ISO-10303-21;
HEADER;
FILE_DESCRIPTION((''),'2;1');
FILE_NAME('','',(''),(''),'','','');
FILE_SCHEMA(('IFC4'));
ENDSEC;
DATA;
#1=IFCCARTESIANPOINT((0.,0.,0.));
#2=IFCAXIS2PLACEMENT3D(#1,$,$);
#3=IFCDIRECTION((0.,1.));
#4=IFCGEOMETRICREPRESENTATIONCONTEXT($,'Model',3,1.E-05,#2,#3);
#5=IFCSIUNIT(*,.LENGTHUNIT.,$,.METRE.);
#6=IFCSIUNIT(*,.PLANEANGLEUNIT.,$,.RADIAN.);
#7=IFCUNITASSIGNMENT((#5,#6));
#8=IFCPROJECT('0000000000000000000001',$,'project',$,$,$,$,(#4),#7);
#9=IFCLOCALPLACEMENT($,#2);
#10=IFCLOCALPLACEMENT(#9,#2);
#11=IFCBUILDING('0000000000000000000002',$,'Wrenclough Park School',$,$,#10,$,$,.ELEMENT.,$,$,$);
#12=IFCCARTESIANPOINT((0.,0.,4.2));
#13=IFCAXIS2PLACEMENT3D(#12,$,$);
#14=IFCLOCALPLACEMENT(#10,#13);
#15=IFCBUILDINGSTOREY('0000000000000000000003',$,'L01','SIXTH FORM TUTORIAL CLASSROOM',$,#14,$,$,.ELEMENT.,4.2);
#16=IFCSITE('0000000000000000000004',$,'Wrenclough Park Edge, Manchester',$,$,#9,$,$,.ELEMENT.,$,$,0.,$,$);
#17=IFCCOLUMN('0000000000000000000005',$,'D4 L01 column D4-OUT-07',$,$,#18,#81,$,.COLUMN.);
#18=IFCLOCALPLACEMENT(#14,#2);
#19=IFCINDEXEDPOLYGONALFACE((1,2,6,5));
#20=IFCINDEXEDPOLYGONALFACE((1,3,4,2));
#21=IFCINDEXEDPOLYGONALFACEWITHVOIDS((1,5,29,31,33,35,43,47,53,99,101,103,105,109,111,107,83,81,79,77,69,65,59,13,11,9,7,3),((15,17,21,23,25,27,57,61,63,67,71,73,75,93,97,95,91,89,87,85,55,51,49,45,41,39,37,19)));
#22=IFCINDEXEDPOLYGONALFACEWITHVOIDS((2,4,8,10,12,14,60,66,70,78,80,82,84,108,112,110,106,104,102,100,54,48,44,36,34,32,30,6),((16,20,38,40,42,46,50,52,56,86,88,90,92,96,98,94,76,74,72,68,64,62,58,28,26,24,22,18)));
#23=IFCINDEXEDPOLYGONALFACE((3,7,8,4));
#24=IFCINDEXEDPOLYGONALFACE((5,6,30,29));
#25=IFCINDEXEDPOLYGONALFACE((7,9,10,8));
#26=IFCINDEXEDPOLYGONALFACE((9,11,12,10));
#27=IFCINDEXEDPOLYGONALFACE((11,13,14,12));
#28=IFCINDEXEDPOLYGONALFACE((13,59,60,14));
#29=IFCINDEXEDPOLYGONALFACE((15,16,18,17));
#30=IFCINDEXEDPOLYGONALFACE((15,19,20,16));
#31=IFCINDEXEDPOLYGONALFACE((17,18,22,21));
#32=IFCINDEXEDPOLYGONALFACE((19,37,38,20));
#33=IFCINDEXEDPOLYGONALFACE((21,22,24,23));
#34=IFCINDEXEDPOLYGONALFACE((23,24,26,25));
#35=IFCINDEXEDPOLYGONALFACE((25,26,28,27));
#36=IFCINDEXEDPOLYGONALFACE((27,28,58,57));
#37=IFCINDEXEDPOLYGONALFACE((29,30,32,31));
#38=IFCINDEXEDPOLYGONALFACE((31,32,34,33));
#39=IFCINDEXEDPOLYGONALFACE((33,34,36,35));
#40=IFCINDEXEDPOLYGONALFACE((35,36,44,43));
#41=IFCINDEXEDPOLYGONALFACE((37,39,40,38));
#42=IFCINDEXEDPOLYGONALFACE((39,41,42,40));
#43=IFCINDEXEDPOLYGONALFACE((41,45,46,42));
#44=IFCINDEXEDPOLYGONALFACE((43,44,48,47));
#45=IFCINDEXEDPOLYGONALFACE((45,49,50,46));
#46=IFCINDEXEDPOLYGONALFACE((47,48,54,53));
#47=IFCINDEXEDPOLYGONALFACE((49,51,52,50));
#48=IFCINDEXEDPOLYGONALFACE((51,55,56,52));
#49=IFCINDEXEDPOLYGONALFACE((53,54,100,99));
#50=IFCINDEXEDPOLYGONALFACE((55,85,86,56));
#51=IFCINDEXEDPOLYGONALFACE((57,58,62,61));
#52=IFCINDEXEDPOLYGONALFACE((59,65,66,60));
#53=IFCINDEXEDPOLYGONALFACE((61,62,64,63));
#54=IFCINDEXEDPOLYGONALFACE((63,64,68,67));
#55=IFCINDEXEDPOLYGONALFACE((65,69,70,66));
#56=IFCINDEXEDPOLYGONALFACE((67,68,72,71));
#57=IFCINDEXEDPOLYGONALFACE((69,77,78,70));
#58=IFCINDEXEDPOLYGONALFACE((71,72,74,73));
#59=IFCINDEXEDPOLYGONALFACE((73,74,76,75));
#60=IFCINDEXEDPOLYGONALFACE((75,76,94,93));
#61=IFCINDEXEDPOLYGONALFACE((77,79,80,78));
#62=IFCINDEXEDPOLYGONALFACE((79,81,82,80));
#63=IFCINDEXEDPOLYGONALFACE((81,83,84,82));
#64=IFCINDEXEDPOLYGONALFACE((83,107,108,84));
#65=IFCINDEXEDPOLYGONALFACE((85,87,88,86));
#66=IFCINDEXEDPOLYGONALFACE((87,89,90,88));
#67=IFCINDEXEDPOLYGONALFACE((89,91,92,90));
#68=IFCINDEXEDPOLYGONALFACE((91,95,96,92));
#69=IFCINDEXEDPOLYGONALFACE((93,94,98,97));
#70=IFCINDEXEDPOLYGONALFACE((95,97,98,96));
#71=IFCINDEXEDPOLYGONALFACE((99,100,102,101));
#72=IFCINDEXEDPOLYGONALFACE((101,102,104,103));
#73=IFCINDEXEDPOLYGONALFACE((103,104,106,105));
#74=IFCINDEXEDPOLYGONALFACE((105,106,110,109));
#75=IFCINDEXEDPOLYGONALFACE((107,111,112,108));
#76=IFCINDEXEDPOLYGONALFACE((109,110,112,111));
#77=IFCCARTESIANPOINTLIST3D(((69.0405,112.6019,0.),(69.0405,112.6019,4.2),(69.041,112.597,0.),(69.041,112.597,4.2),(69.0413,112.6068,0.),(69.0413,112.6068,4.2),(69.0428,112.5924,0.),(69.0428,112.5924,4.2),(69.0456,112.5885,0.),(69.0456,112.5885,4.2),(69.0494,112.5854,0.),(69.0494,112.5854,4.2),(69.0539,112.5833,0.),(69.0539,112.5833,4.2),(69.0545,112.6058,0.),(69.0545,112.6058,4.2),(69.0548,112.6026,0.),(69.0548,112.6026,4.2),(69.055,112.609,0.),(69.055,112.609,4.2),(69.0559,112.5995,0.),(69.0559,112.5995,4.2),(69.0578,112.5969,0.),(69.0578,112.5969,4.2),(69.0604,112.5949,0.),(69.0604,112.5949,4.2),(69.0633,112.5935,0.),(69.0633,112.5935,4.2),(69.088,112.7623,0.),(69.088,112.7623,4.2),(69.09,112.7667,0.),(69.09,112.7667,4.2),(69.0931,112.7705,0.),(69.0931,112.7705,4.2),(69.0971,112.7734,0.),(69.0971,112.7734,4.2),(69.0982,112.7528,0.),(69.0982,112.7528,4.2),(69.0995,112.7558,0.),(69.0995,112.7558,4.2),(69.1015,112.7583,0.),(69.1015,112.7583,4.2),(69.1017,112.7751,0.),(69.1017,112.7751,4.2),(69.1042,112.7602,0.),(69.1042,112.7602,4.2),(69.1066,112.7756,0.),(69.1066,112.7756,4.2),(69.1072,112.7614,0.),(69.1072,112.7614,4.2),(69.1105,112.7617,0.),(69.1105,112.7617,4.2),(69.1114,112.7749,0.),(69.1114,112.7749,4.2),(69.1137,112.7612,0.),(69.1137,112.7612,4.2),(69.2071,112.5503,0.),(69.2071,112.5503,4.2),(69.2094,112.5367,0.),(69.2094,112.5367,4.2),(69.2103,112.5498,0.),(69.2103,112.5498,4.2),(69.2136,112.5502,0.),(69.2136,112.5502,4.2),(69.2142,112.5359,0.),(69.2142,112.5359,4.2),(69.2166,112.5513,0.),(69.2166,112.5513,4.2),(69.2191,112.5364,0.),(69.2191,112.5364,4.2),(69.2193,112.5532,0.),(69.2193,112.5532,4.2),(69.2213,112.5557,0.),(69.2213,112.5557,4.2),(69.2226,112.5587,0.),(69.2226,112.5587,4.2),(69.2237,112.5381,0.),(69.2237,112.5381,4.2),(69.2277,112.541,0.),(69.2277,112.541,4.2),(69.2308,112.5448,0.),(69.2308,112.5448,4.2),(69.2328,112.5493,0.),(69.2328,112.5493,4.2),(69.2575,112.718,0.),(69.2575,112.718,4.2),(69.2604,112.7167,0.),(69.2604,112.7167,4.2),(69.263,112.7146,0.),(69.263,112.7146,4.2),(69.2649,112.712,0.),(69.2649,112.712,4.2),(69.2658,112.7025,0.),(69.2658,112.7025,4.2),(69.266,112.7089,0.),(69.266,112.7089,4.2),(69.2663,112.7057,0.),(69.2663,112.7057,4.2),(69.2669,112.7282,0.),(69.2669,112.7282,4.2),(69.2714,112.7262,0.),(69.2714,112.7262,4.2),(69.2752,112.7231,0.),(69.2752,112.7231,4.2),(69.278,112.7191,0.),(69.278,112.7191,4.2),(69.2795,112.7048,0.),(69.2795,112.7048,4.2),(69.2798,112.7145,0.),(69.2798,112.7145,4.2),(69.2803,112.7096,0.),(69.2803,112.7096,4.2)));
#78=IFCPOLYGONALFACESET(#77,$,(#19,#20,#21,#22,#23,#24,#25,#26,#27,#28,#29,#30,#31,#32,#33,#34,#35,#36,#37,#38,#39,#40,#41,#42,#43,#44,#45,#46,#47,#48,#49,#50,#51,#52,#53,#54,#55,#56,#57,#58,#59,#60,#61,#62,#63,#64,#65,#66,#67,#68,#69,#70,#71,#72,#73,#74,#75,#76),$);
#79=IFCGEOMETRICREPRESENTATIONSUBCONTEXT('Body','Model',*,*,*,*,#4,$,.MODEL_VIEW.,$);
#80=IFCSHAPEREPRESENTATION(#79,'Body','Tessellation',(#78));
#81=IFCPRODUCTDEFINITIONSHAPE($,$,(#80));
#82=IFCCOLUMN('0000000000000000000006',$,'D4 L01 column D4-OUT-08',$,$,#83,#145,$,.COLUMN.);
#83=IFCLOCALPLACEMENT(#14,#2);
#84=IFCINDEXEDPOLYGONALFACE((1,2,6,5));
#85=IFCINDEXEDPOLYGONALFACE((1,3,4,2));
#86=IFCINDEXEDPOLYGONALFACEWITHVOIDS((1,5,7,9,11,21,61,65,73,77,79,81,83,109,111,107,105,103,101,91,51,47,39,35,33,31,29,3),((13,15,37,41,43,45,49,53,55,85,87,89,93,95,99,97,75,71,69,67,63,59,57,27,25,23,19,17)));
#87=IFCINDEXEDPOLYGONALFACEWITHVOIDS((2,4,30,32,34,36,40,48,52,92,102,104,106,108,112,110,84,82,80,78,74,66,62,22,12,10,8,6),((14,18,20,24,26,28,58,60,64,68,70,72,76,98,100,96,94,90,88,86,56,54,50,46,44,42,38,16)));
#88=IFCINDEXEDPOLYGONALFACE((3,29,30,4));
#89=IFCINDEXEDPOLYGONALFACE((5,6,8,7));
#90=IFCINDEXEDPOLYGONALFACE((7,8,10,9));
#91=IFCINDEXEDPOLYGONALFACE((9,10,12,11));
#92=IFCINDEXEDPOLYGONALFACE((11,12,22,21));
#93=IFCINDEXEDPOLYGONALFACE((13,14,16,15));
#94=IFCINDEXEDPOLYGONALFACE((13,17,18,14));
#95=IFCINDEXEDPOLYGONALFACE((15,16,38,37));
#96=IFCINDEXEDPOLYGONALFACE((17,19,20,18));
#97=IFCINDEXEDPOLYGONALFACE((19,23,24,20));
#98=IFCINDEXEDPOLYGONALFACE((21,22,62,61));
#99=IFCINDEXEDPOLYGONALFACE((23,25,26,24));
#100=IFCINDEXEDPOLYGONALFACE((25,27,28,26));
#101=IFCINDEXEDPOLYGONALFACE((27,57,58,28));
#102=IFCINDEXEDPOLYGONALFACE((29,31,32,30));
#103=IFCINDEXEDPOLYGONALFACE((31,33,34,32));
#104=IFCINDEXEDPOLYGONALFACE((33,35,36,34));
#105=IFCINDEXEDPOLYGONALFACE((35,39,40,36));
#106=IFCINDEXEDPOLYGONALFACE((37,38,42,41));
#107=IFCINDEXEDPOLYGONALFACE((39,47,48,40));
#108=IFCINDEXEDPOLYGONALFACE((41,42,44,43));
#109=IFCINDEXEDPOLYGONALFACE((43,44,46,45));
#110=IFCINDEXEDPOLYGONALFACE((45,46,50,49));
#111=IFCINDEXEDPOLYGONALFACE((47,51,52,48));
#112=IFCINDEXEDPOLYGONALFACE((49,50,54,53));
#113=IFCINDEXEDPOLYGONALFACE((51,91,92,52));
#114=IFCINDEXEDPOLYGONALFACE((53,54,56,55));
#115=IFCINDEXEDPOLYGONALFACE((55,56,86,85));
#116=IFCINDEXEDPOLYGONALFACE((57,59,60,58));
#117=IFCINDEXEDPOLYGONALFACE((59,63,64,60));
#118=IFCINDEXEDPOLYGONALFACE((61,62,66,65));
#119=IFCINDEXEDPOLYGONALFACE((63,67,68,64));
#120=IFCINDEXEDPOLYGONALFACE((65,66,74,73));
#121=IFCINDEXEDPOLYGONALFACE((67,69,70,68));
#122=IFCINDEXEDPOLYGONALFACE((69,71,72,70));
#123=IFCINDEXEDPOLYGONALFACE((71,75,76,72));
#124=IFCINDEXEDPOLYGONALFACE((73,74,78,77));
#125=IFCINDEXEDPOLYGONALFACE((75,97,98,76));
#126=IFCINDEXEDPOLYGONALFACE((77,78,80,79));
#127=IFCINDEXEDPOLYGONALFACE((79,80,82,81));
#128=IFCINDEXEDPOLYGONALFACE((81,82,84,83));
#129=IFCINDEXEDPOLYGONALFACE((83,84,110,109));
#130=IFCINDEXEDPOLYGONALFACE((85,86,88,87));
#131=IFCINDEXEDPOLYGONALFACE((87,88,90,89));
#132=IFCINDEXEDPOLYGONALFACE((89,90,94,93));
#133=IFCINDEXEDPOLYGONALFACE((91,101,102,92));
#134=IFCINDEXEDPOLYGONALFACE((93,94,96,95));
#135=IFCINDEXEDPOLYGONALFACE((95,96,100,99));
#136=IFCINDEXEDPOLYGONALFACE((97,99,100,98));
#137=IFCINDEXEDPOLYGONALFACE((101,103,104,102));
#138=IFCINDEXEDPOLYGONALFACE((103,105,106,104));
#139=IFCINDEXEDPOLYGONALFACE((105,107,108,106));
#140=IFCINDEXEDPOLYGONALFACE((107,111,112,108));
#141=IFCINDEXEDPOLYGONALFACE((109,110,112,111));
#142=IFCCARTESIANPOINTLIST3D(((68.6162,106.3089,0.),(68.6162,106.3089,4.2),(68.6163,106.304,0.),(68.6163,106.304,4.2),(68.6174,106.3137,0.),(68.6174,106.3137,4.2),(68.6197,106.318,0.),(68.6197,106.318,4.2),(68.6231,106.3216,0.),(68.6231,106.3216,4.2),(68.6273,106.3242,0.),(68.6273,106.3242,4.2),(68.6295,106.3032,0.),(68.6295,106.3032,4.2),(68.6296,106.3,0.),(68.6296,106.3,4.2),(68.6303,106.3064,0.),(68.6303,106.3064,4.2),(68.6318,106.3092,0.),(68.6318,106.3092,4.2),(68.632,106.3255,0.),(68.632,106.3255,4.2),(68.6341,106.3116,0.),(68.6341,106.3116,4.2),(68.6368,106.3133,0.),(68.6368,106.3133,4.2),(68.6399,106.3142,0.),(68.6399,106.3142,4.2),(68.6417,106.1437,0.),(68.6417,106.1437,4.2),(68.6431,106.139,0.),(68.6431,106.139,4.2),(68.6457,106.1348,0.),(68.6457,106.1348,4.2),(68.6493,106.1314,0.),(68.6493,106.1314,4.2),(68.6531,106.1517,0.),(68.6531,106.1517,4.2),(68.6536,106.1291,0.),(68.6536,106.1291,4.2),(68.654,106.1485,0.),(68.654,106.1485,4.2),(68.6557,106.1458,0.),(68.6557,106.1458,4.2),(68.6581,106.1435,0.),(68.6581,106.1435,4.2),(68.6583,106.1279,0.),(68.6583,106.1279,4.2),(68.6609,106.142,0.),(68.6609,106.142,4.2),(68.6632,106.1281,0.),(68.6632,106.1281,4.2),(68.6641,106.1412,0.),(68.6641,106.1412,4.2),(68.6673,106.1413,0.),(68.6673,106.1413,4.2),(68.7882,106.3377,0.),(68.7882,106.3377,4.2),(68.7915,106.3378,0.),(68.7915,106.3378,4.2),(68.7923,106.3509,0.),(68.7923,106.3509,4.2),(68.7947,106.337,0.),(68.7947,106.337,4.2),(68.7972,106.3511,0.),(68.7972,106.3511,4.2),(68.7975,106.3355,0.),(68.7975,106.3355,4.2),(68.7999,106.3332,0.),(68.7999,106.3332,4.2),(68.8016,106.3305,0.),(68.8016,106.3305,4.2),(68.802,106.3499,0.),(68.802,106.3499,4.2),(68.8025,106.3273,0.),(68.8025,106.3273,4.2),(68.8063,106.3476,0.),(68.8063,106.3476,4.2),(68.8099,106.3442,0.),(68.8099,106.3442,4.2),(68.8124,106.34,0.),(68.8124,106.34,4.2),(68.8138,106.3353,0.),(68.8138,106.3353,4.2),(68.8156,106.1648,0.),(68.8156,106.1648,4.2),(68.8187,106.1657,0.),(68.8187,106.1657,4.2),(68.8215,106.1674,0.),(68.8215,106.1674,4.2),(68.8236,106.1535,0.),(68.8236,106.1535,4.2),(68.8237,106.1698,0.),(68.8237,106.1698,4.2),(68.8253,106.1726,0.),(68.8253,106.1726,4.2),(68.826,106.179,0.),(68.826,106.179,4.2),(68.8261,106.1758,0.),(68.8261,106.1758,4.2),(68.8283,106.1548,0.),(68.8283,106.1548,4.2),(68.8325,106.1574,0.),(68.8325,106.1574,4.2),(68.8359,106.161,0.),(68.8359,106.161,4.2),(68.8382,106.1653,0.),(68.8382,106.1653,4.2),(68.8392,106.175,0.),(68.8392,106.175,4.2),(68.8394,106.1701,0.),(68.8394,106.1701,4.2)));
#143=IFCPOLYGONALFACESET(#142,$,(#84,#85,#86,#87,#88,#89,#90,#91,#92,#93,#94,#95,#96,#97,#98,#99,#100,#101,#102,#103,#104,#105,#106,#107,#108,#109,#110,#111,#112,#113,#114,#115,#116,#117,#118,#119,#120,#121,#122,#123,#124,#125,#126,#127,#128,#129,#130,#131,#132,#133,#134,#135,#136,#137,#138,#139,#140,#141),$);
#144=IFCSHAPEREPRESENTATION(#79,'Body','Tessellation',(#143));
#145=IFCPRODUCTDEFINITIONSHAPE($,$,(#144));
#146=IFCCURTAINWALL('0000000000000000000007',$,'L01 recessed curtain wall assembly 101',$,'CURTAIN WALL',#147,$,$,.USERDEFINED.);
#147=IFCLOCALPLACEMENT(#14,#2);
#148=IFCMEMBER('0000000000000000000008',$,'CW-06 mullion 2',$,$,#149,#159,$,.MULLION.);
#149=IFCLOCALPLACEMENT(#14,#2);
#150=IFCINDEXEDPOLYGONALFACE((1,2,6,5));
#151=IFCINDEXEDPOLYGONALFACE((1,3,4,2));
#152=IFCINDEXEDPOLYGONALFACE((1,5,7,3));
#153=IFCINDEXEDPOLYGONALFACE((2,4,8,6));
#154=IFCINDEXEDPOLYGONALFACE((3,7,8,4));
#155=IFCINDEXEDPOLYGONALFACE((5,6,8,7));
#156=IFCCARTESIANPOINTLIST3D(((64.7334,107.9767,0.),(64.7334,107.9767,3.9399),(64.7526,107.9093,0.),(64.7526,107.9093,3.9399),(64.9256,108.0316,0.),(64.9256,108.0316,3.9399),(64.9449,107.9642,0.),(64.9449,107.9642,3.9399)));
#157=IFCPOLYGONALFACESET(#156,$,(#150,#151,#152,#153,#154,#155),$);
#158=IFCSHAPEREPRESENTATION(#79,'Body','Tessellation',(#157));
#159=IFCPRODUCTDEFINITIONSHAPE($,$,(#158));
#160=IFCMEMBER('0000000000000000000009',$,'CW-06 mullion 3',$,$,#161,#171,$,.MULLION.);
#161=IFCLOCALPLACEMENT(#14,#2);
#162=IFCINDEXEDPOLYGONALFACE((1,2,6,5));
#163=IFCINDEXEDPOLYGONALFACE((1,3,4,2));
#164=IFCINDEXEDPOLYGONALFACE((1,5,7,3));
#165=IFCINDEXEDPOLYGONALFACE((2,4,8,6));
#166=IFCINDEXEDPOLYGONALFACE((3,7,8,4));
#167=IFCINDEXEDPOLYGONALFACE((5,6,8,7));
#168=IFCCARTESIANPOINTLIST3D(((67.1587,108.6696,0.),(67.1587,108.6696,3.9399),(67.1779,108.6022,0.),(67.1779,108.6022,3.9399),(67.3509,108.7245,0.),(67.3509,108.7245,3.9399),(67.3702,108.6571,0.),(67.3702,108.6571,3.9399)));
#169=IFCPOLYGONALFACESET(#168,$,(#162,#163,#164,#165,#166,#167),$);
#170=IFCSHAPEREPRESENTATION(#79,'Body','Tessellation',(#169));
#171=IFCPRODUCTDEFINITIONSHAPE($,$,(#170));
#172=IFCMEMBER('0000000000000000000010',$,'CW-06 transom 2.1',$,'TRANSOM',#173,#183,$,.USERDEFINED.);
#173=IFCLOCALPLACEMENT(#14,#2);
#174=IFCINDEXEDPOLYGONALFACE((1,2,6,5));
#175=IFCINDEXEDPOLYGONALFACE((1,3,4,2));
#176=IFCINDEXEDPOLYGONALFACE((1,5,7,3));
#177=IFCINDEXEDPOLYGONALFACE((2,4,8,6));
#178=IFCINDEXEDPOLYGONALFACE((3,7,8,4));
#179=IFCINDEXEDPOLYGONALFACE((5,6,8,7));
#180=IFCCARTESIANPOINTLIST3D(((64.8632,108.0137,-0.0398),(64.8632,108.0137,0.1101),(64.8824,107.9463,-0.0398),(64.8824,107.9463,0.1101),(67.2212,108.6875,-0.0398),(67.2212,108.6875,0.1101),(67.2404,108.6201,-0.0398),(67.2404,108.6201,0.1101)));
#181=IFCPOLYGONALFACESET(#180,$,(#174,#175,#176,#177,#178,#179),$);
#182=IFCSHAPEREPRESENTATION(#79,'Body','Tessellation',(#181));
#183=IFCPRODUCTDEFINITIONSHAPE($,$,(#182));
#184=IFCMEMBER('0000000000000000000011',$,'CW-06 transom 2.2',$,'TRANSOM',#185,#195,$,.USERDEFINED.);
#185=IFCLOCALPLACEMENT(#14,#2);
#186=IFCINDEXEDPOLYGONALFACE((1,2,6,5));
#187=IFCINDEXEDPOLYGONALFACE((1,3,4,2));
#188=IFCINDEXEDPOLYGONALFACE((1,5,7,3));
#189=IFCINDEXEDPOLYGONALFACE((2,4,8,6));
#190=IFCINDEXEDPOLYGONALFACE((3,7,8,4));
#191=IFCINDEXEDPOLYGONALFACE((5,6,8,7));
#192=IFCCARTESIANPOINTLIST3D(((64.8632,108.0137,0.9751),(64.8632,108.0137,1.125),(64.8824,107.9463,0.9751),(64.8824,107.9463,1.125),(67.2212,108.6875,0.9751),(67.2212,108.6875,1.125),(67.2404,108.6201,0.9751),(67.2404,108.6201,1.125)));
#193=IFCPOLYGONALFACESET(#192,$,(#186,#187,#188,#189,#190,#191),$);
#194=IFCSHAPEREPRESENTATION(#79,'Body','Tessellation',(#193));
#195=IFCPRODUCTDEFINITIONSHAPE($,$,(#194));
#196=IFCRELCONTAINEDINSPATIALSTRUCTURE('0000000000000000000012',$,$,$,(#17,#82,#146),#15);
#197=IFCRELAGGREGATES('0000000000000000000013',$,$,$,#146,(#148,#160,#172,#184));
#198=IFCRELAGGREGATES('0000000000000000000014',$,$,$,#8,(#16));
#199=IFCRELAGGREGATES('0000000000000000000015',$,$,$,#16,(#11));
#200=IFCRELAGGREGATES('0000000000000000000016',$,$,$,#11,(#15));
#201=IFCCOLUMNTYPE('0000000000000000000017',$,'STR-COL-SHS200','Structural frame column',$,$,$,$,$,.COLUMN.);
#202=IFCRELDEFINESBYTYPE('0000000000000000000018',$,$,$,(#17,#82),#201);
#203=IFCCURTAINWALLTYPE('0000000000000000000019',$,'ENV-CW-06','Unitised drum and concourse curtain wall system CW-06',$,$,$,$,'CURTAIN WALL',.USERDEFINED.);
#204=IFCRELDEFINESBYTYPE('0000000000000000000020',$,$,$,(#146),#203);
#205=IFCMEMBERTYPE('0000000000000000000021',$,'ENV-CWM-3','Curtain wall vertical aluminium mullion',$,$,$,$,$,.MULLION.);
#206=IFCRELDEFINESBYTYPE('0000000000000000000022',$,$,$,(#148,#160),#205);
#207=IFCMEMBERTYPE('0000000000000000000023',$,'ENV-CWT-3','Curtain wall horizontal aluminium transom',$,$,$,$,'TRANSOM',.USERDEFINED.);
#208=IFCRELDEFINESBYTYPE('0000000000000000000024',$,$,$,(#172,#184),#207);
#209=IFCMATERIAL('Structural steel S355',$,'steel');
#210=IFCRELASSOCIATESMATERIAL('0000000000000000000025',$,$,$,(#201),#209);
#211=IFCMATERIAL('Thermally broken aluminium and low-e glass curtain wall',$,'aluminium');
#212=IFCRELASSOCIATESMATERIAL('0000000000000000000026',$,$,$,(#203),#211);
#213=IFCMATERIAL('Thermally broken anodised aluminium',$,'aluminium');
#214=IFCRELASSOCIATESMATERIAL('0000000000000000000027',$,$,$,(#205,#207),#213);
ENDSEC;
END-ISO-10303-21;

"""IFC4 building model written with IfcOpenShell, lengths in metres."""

from ifc_helpers import new_model, si_unit, direction, frame, origin, origin_2d, place, context, subcontext, project, spatial, rectangle, hollow_rectangle, extrude, material, material_profile, profile_set, type_object, element, aggregate, save


model = new_model("IFC4")

# Units and contexts
model_context = context("Model", 3, precision=1e-05, world=origin(), true_north=direction((0.0, 1.0)))
body_context = subcontext(model_context, "Body", "Model", "MODEL_VIEW")
ifc_project = project(units=[si_unit("LENGTHUNIT", "METRE"), si_unit("PLANEANGLEUNIT", "RADIAN")], contexts=[model_context])

# Site, building, storey
site_placement = place(None, origin())
site = spatial("IfcSite", under=ifc_project, at=site_placement, Name="Wrenclough Park Edge, Manchester", CompositionType="ELEMENT", RefElevation=0.0)
building_placement = place(site_placement, origin())
building = spatial("IfcBuilding", under=site, at=building_placement, Name="Wrenclough Park School", CompositionType="ELEMENT")
storey_placement = place(building_placement, frame((0.0, 0.0, 4.2)))
storey = spatial("IfcBuildingStorey", under=building, at=storey_placement, Name="L01", Description="SIXTH FORM TUTORIAL CLASSROOM", CompositionType="ELEMENT", Elevation=4.2)

# Columns
ifc_material_1 = material(Name="Structural steel S355", Category="steel")
ifc_material_profile_1 = material_profile(ifc_material_1, hollow_rectangle(XDim=0.2, YDim=0.2, WallThickness=0.0125, InnerFilletRadius=0.0125, OuterFilletRadius=0.0188, at=origin_2d()), Name="SHS 200x200x12.5")
ifc_profile_set_1 = profile_set([ifc_material_profile_1], Name="Structural steel S355")
column_type = type_object("IfcColumnType", Name="STR-COL-SHS200", Description="Structural frame column", PredefinedType="COLUMN", material=ifc_profile_set_1)
for number, where, z_axis, x_axis, name in (
    (1, (69.1604, 112.6558, 0.0), (0.0, 0.0, 1.0), (-0.287528, -0.957772, 0.0), "D4 L01 column D4-OUT-07"),
    (2, (68.7278, 106.2395, 0.0), (0.0, 0.0, 1.0), (0.156434, -0.987688, 0.0), "D4 L01 column D4-OUT-08"),
):
    element("IfcColumn", number, at=place(storey_placement, frame(where, z_axis=z_axis, x_axis=x_axis)), inside=storey, type_object=column_type, Name=name, PredefinedType="COLUMN", context=body_context, shape_type="SweptSolid", body=[
        extrude(hollow_rectangle(XDim=0.2, YDim=0.2, WallThickness=0.0125, InnerFilletRadius=0.0125, OuterFilletRadius=0.0188, at=origin_2d()), origin(), (0.0, 0.0, 1.0), 4.2),
    ])

# Curtain wall, members
ifc_material_2 = material(Name="Thermally broken aluminium and low-e glass curtain wall", Category="aluminium")
curtain_wall_type = type_object("IfcCurtainWallType", Name="ENV-CW-06", Description="Unitised drum and concourse curtain wall system CW-06", ElementType="CURTAIN WALL", PredefinedType="USERDEFINED", material=ifc_material_2)
curtain_wall_placement = place(storey_placement, origin())
curtain_wall = element("IfcCurtainWall", 3, at=curtain_wall_placement, inside=storey, type_object=curtain_wall_type, Name="L01 recessed curtain wall assembly 101", ObjectType="CURTAIN WALL", PredefinedType="USERDEFINED")
ifc_material_3 = material(Name="Thermally broken anodised aluminium", Category="aluminium")
ifc_material_profile_2 = material_profile(ifc_material_3, rectangle(XDim=0.0701, YDim=0.2, at=origin_2d()), Name="AL MULLION 70x200")
ifc_profile_set_2 = profile_set([ifc_material_profile_2], Name="Thermally broken anodised aluminium")
member_type_1 = type_object("IfcMemberType", Name="ENV-CWM-3", Description="Curtain wall vertical aluminium mullion", PredefinedType="MULLION", material=ifc_profile_set_2)
member_1_placement = place(storey_placement, frame((64.8391, 107.9705, 0.0), z_axis=(0.0, 0.0, 1.0), x_axis=(-0.274714, 0.961526, 0.0)))
member_1 = element("IfcMember", 4, at=member_1_placement, type_object=member_type_1, Name="CW-06 mullion 2", PredefinedType="MULLION", context=body_context, shape_type="SweptSolid", body=[
    extrude(rectangle(XDim=0.0701, YDim=0.2, at=origin_2d()), origin(), (0.0, 0.0, 1.0), 3.9399),
])
member_2_placement = place(storey_placement, frame((67.2644, 108.6633, 0.0), z_axis=(0.0, 0.0, 1.0), x_axis=(-0.274714, 0.961526, 0.0)))
member_2 = element("IfcMember", 5, at=member_2_placement, type_object=member_type_1, Name="CW-06 mullion 3", PredefinedType="MULLION", context=body_context, shape_type="SweptSolid", body=[
    extrude(rectangle(XDim=0.0701, YDim=0.2, at=origin_2d()), origin(), (0.0, 0.0, 1.0), 3.9399),
])
ifc_material_profile_3 = material_profile(ifc_material_3, rectangle(XDim=0.0701, YDim=0.1499, at=origin_2d()), Name="AL TRANSOM 70x150")
ifc_profile_set_3 = profile_set([ifc_material_profile_3], Name="Thermally broken anodised aluminium")
member_type_2 = type_object("IfcMemberType", Name="ENV-CWT-3", Description="Curtain wall horizontal aluminium transom", ElementType="TRANSOM", PredefinedType="USERDEFINED", material=ifc_profile_set_3)
member_3_placement = place(storey_placement, frame((64.8728, 107.98, 0.0352), z_axis=(0.961509, 0.274774, 0.0), x_axis=(-0.274774, 0.961509, 0.0)))
member_3 = element("IfcMember", 6, at=member_3_placement, type_object=member_type_2, Name="CW-06 transom 2.1", ObjectType="TRANSOM", PredefinedType="USERDEFINED", context=body_context, shape_type="SweptSolid", body=[
    extrude(rectangle(XDim=0.0701, YDim=0.1499, at=origin_2d()), origin(), (0.0, 0.0, 1.0), 2.4524),
])
member_4_placement = place(storey_placement, frame((64.8728, 107.98, 1.05), z_axis=(0.961509, 0.274774, 0.0), x_axis=(-0.274774, 0.961509, 0.0)))
member_4 = element("IfcMember", 7, at=member_4_placement, type_object=member_type_2, Name="CW-06 transom 2.2", ObjectType="TRANSOM", PredefinedType="USERDEFINED", context=body_context, shape_type="SweptSolid", body=[
    extrude(rectangle(XDim=0.0701, YDim=0.1499, at=origin_2d()), origin(), (0.0, 0.0, 1.0), 2.4524),
])

aggregate(curtain_wall, [member_1, member_2, member_3, member_4])

save(model, "model.ifc")
